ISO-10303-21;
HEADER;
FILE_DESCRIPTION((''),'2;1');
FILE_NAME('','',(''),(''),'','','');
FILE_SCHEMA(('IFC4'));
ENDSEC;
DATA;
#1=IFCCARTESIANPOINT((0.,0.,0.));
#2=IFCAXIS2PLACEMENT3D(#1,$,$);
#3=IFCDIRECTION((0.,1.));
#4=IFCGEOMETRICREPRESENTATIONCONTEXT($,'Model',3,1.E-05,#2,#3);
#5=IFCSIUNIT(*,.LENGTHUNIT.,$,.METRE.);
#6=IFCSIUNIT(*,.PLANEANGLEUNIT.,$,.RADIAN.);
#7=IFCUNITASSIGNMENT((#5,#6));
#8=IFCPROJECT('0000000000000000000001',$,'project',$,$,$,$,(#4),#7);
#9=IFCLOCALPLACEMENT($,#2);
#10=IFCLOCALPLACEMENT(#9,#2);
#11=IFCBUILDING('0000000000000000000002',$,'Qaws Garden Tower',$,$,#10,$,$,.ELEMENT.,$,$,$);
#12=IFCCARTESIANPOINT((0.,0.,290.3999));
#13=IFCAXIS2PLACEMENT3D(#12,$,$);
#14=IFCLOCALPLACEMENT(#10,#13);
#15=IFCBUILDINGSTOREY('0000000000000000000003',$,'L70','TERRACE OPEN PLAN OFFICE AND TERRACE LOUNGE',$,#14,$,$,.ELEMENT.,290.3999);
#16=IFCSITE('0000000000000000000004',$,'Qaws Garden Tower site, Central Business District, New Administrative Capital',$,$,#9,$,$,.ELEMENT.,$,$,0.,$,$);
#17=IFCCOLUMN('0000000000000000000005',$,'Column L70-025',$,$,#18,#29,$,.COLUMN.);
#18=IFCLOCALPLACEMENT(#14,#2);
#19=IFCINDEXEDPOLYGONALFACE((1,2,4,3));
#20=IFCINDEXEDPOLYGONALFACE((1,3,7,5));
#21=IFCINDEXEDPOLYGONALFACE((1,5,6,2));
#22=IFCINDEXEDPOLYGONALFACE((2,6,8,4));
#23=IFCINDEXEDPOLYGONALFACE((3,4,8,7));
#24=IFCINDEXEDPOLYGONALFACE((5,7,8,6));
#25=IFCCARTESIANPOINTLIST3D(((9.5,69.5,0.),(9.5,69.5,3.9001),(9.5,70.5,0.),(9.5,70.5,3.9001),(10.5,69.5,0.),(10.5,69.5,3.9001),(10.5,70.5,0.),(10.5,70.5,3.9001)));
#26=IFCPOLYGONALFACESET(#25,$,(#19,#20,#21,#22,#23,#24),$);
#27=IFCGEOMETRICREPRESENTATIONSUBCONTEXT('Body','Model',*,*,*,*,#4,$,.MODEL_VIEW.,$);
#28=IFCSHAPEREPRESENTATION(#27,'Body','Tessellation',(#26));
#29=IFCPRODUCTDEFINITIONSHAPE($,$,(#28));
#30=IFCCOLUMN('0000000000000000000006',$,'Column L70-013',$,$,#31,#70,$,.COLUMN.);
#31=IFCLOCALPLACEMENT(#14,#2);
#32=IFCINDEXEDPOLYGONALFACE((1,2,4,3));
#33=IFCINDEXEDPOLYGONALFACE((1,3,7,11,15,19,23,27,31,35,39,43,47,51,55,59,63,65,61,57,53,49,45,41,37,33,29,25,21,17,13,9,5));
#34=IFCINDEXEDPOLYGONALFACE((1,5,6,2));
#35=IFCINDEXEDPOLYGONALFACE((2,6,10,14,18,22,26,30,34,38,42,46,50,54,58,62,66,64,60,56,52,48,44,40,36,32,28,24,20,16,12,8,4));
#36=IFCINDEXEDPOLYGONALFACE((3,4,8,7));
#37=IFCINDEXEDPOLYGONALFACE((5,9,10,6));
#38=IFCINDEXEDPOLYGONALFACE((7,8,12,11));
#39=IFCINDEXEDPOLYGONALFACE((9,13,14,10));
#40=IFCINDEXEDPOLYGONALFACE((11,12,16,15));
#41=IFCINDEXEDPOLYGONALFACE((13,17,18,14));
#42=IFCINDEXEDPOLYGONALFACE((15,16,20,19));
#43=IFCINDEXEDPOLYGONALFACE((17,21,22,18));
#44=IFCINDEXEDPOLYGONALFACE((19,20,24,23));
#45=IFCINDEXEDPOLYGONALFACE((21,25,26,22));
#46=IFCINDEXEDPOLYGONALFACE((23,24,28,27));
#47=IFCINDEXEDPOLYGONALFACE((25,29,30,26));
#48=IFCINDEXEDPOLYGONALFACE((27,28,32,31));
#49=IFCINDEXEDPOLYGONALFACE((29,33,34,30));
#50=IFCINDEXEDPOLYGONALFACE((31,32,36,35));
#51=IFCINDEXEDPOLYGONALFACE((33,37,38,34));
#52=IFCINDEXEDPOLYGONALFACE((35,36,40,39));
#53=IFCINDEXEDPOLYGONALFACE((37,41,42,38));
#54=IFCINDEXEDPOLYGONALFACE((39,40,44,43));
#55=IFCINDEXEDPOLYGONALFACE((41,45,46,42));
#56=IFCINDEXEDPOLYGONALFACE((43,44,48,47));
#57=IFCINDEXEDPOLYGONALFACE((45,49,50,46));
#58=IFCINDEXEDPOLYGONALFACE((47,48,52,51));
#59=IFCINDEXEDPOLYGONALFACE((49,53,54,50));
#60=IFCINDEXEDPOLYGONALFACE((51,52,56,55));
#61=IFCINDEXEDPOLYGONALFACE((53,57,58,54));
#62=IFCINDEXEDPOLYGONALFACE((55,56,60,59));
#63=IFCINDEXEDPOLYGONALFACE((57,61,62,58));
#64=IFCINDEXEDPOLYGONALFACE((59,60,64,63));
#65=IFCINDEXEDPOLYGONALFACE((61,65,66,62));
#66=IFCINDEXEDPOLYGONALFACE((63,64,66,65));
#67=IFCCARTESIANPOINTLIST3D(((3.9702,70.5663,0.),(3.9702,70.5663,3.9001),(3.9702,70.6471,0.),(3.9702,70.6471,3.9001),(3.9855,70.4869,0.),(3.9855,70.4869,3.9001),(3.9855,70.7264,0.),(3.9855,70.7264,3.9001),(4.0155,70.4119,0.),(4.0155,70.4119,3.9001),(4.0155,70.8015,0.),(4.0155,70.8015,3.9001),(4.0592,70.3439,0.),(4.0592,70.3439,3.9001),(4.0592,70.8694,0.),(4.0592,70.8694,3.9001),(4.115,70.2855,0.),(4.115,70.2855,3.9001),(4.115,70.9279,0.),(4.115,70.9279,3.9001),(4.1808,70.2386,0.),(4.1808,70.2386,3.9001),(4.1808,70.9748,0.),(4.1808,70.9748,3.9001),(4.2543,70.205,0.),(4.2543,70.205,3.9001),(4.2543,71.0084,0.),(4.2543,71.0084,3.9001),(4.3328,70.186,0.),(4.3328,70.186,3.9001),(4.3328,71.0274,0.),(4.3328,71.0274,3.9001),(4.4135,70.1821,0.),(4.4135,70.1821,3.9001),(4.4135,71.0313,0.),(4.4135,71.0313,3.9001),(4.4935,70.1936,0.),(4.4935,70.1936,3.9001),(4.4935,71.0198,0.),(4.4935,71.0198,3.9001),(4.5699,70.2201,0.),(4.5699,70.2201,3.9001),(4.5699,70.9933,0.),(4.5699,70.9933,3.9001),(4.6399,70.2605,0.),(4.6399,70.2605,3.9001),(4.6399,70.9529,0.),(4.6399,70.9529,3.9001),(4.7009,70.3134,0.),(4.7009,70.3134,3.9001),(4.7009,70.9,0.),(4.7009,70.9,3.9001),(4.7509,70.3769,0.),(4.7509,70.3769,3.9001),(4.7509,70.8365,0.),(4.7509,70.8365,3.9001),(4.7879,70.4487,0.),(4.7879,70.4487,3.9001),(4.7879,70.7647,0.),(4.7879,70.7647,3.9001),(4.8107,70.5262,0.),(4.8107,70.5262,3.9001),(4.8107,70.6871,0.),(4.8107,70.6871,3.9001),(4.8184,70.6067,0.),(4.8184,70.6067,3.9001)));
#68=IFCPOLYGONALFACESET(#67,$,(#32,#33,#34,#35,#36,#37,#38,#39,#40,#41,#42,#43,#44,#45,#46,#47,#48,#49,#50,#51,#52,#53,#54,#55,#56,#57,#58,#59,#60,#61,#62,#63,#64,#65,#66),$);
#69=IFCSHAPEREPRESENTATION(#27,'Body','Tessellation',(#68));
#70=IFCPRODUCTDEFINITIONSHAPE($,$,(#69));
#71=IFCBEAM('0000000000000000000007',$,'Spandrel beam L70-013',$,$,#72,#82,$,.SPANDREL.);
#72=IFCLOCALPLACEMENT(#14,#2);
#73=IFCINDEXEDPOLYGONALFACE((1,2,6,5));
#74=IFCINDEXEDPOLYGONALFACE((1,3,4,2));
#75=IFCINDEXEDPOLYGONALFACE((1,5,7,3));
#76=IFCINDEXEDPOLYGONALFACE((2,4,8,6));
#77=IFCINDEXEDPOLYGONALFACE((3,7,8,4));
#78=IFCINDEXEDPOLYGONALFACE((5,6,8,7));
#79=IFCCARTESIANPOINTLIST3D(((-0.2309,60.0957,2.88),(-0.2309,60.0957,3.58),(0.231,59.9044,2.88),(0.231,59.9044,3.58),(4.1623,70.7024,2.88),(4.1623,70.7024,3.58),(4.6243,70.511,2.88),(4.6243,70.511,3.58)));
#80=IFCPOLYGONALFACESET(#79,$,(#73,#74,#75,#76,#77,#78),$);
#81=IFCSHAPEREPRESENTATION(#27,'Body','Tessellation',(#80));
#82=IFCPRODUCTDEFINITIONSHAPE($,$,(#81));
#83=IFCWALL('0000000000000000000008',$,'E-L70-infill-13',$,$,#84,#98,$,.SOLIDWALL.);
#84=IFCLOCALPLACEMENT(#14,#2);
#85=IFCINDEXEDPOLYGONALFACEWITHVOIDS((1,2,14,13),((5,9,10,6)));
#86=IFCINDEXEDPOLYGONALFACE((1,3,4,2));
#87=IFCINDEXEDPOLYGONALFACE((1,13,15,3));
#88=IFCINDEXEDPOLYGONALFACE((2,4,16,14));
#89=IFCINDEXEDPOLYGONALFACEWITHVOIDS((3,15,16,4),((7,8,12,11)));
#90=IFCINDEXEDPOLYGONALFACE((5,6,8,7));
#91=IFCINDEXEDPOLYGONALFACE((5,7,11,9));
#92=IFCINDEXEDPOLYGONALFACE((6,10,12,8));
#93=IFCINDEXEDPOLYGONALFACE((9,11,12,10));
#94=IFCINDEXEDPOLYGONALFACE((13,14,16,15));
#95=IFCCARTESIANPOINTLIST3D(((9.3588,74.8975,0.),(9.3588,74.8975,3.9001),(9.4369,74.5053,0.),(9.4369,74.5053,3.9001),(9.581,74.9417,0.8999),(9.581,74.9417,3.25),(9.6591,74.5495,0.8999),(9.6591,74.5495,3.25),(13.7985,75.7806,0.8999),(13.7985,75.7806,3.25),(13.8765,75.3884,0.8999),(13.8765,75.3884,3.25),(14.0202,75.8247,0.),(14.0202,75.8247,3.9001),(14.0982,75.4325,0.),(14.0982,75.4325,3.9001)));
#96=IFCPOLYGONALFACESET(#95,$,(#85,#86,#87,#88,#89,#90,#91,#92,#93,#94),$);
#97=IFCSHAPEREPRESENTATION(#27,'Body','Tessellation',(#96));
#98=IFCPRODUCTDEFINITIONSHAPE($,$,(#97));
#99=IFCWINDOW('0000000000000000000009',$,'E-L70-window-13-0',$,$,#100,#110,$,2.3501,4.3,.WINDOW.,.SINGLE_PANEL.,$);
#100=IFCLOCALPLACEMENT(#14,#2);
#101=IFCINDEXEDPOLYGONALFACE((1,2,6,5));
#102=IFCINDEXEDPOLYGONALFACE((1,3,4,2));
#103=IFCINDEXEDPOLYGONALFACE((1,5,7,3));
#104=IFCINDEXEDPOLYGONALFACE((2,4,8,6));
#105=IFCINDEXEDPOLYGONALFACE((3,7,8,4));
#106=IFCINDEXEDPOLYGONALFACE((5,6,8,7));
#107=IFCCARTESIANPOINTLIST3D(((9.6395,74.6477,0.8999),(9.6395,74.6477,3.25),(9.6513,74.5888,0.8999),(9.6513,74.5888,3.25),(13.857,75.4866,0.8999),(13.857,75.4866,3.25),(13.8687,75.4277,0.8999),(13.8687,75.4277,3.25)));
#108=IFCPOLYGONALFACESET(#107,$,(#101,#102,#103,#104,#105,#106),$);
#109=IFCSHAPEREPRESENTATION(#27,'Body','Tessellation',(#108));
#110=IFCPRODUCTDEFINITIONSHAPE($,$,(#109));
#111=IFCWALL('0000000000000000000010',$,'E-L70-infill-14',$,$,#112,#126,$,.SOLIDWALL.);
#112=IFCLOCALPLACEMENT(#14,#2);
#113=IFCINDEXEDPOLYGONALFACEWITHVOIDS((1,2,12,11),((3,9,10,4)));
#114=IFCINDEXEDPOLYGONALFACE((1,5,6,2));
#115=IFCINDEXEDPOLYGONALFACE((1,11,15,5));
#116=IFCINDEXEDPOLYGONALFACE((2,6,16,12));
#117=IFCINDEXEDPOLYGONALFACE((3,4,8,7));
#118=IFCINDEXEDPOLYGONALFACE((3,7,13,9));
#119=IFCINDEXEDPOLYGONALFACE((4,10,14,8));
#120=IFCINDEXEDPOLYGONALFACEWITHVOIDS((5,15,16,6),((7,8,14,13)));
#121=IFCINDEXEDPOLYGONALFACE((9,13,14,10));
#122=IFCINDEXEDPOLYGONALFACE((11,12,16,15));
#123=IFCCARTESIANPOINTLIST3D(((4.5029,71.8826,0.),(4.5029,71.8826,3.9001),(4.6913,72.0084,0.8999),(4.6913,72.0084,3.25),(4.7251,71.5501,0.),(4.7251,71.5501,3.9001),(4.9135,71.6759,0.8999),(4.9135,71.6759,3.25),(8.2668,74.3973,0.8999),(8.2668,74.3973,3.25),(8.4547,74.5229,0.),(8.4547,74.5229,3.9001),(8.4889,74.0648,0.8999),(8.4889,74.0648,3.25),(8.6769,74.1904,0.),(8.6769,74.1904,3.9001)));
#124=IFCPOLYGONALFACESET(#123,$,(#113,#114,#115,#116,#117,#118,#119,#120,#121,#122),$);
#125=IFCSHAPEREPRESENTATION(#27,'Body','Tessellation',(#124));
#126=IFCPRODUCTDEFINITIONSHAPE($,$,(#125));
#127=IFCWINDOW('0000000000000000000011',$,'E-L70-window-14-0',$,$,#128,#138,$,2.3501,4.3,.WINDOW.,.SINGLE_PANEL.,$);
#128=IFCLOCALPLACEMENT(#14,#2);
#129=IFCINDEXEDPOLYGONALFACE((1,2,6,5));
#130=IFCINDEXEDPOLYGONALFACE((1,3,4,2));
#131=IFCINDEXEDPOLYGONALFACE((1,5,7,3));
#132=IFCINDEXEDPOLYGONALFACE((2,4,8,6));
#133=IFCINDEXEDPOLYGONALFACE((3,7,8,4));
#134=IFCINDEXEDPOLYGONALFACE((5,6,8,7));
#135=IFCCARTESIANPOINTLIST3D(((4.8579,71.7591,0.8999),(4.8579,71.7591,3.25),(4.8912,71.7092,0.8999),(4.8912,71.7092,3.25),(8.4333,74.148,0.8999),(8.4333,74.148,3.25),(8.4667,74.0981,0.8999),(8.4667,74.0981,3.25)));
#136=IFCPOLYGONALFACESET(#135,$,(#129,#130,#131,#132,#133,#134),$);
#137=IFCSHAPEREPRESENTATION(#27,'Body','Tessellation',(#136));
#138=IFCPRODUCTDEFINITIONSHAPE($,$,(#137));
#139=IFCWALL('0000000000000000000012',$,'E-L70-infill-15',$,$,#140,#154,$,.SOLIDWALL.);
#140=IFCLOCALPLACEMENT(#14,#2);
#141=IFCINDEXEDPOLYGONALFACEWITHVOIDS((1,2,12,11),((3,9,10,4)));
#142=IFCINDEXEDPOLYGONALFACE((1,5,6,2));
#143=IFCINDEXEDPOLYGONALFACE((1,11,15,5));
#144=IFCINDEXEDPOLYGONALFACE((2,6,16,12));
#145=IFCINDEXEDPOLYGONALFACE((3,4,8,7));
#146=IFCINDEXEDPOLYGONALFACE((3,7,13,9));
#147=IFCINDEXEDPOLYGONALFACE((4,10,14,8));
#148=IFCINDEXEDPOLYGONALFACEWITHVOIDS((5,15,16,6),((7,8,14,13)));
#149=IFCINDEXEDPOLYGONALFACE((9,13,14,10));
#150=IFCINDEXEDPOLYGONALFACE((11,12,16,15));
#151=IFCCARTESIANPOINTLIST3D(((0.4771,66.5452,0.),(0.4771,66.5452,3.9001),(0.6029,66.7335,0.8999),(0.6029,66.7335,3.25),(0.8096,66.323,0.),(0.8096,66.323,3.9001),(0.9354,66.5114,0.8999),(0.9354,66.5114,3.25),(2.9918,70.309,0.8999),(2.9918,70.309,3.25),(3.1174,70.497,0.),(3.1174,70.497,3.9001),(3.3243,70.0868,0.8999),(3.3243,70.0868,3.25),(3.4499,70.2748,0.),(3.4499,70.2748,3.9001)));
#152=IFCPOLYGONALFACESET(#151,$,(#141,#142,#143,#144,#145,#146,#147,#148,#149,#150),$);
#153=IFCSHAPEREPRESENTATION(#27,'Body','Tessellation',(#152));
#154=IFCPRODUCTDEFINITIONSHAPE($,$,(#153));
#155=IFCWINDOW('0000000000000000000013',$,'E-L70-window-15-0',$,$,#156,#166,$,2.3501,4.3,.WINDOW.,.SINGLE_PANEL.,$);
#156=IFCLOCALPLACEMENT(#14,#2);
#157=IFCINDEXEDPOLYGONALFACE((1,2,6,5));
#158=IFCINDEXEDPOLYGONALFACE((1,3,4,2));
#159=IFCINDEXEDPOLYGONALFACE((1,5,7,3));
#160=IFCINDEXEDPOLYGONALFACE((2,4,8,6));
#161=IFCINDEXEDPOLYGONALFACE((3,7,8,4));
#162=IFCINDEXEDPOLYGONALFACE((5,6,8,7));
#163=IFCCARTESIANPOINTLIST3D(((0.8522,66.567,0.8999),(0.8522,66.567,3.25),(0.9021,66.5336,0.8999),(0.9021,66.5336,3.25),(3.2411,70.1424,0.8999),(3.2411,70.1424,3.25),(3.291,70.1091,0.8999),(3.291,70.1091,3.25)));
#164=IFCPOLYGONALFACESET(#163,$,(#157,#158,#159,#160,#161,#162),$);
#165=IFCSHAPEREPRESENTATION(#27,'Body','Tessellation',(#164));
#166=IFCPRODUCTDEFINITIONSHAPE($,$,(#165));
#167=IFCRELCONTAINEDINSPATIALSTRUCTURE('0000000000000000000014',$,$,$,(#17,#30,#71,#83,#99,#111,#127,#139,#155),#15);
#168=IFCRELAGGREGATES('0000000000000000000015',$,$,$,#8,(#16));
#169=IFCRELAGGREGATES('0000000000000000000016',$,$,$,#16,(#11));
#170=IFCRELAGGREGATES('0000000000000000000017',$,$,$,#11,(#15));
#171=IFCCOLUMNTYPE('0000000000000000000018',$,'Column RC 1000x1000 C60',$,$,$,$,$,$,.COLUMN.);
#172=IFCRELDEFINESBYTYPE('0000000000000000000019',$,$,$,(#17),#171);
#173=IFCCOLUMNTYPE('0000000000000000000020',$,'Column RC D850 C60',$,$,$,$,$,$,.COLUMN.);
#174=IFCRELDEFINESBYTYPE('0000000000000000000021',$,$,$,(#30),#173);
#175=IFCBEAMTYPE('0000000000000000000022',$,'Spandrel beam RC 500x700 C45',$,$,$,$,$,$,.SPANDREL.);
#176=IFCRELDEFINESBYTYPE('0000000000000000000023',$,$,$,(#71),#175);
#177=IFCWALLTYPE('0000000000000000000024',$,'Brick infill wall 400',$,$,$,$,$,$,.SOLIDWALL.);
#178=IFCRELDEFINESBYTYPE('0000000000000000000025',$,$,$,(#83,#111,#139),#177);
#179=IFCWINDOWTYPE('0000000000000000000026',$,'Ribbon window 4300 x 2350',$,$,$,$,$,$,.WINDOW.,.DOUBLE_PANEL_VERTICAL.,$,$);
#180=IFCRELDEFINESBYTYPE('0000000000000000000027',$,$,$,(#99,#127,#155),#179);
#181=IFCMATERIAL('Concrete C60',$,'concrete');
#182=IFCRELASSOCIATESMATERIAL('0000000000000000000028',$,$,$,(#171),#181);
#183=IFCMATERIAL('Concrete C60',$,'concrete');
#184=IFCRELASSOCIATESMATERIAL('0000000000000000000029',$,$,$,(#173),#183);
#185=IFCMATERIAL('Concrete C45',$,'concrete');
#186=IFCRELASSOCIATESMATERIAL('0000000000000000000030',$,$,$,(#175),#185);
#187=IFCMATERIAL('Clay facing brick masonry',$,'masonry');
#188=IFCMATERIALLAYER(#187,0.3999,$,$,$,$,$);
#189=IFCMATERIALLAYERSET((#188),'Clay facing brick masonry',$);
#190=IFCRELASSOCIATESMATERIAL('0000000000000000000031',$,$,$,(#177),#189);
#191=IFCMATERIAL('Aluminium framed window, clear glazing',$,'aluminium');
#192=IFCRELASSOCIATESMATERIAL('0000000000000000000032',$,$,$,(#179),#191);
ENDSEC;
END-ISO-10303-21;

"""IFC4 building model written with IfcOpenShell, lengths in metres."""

from ifc_helpers import new_model, si_unit, direction, frame, frame_2d, origin, origin_2d, place, context, subcontext, project, spatial, rectangle, circle, extrude, material, layer, layer_set, material_profile, profile_set, type_object, element, fill, save


model = new_model("IFC4")

# Units and contexts
model_context = context("Model", 3, precision=1e-05, world=origin(), true_north=direction((0.0, 1.0)))
body_context = subcontext(model_context, "Body", "Model", "MODEL_VIEW")
ifc_project = project(units=[si_unit("LENGTHUNIT", "METRE"), si_unit("PLANEANGLEUNIT", "RADIAN")], contexts=[model_context])

# Site, building, storey
site_placement = place(None, origin())
site = spatial("IfcSite", under=ifc_project, at=site_placement, Name="Qaws Garden Tower site, Central Business District, New Administrative Capital", CompositionType="ELEMENT", RefElevation=0.0)
building_placement = place(site_placement, origin())
building = spatial("IfcBuilding", under=site, at=building_placement, Name="Qaws Garden Tower", CompositionType="ELEMENT")
storey_placement = place(building_placement, frame((0.0, 0.0, 290.3999)))
storey = spatial("IfcBuildingStorey", under=building, at=storey_placement, Name="L70", Description="TERRACE OPEN PLAN OFFICE AND TERRACE LOUNGE", CompositionType="ELEMENT", Elevation=290.3999)

# Columns
ifc_material_1 = material(Name="Concrete C60", Category="concrete")
ifc_material_profile_1 = material_profile(ifc_material_1, rectangle(XDim=1.0, YDim=1.0, at=origin_2d()), Name="RC 1000x1000")
ifc_profile_set_1 = profile_set([ifc_material_profile_1], Name="Concrete C60")
column_type_1 = type_object("IfcColumnType", Name="Column RC 1000x1000 C60", PredefinedType="COLUMN", material=ifc_profile_set_1)
column_1_placement = place(storey_placement, frame((10.0, 70.0, 0.0), z_axis=(0.0, 0.0, 1.0), x_axis=(1.0, 0.0, 0.0)))
element("IfcColumn", 1, at=column_1_placement, inside=storey, type_object=column_type_1, Name="Column L70-025", PredefinedType="COLUMN", context=body_context, shape_type="SweptSolid", body=[
    extrude(rectangle(XDim=1.0, YDim=1.0, at=origin_2d()), origin(), (0.0, 0.0, 1.0), 3.9001),
])
ifc_material_2 = material(Name="Concrete C60", Category="concrete")
ifc_material_profile_2 = material_profile(ifc_material_2, circle(Radius=0.425, at=origin_2d()), Name="RC D850")
ifc_profile_set_2 = profile_set([ifc_material_profile_2], Name="Concrete C60")
column_type_2 = type_object("IfcColumnType", Name="Column RC D850 C60", PredefinedType="COLUMN", material=ifc_profile_set_2)
column_2_placement = place(storey_placement, frame((4.3933, 70.6067, 0.0), z_axis=(0.0, 0.0, 1.0), x_axis=(1.0, 0.0, 0.0)))
element("IfcColumn", 2, at=column_2_placement, inside=storey, type_object=column_type_2, Name="Column L70-013", PredefinedType="COLUMN", context=body_context, shape_type="SweptSolid", body=[
    extrude(circle(Radius=0.425, at=origin_2d()), origin(), (0.0, 0.0, 1.0), 3.9001),
])

# Beam
ifc_material_3 = material(Name="Concrete C45", Category="concrete")
ifc_material_profile_3 = material_profile(ifc_material_3, rectangle(XDim=0.5, YDim=0.7, at=origin_2d()), Name="RC 500x700")
ifc_profile_set_3 = profile_set([ifc_material_profile_3], Name="Concrete C45")
beam_type = type_object("IfcBeamType", Name="Spandrel beam RC 500x700 C45", PredefinedType="SPANDREL", material=ifc_profile_set_3)
beam_placement = place(storey_placement, frame((4.3933, 70.6067, 3.23), z_axis=(-0.382674, -0.923883, 0.0), x_axis=(0.923883, -0.382674, 0.0)))
element("IfcBeam", 3, at=beam_placement, inside=storey, type_object=beam_type, Name="Spandrel beam L70-013", PredefinedType="SPANDREL", context=body_context, shape_type="SweptSolid", body=[
    extrude(rectangle(XDim=0.5, YDim=0.7, at=origin_2d()), origin(), (0.0, 0.0, 1.0), 11.4805),
])

# Walls, openings, windows
ifc_material_4 = material(Name="Clay facing brick masonry", Category="masonry")
ifc_layer_1 = layer(ifc_material_4, 0.3999)
ifc_layer_set_1 = layer_set([ifc_layer_1], Name="Clay facing brick masonry")
wall_type_1 = type_object("IfcWallType", Name="Brick infill wall 400", PredefinedType="SOLIDWALL", material=ifc_layer_set_1)
wall_1_placement = place(storey_placement, frame((14.0593, 75.6287, 0.0), z_axis=(0.0, 0.0, 1.0), x_axis=(-0.980784, -0.195099, 0.0)))
wall_1 = element("IfcWall", 4, at=wall_1_placement, inside=storey, type_object=wall_type_1, Name="E-L70-infill-13", PredefinedType="SOLIDWALL", context=body_context, shape_type="SweptSolid", body=[
    extrude(rectangle(XDim=4.7527, YDim=0.3999, at=frame_2d((2.3765, 0.0))), origin(), (0.0, 0.0, 1.0), 3.9001),
])
opening_1_placement = place(wall_1_placement, frame((0.2263, 0.0, 0.8999)))
opening_1 = element("IfcOpeningElement", 5, at=opening_1_placement, cuts=wall_1, PredefinedType="OPENING", context=body_context, shape_type="SweptSolid", body=[
    extrude(rectangle(XDim=4.3, YDim=2.3501, at=frame_2d((2.1499, 1.175))), frame((0.0, 0.21, 0.0), z_axis=(0.0, -1.0, 0.0), x_axis=(1.0, 0.0, 0.0)), (0.0, 0.0, 1.0), 0.4199),
])
ifc_material_5 = material(Name="Aluminium framed window, clear glazing", Category="aluminium")
window_type = type_object("IfcWindowType", Name="Ribbon window 4300 x 2350", PartitioningType="DOUBLE_PANEL_VERTICAL", PredefinedType="WINDOW", material=ifc_material_5)
window_1_placement = place(opening_1_placement, origin())
window_1 = element("IfcWindow", 6, at=window_1_placement, inside=storey, type_object=window_type, Name="E-L70-window-13-0", OverallHeight=2.3501, OverallWidth=4.3, PartitioningType="SINGLE_PANEL", PredefinedType="WINDOW", context=body_context, shape_type="SweptSolid", body=[
    extrude(rectangle(XDim=4.3, YDim=2.3501, at=frame_2d((2.1499, 1.175))), frame((0.0, 0.1599, 0.0), z_axis=(0.0, -1.0, 0.0), x_axis=(1.0, 0.0, 0.0)), (0.0, 0.0, 1.0), 0.0601),
])
fill(opening_1, window_1)
wall_2_placement = place(storey_placement, frame((8.5659, 74.3567, 0.0), z_axis=(0.0, 0.0, 1.0), x_axis=(-0.831489, -0.555542, 0.0)))
wall_2 = element("IfcWall", 7, at=wall_2_placement, inside=storey, type_object=wall_type_1, Name="E-L70-infill-14", PredefinedType="SOLIDWALL", context=body_context, shape_type="SweptSolid", body=[
    extrude(rectangle(XDim=4.7527, YDim=0.3999, at=frame_2d((2.3765, 0.0))), origin(), (0.0, 0.0, 1.0), 3.9001),
])
opening_2_placement = place(wall_2_placement, frame((0.2263, 0.0, 0.8999)))
opening_2 = element("IfcOpeningElement", 8, at=opening_2_placement, cuts=wall_2, PredefinedType="OPENING", context=body_context, shape_type="SweptSolid", body=[
    extrude(rectangle(XDim=4.3, YDim=2.3501, at=frame_2d((2.1499, 1.175))), frame((0.0, 0.21, 0.0), z_axis=(0.0, -1.0, 0.0), x_axis=(1.0, 0.0, 0.0)), (0.0, 0.0, 1.0), 0.4199),
])
window_2_placement = place(opening_2_placement, origin())
window_2 = element("IfcWindow", 9, at=window_2_placement, inside=storey, type_object=window_type, Name="E-L70-window-14-0", OverallHeight=2.3501, OverallWidth=4.3, PartitioningType="SINGLE_PANEL", PredefinedType="WINDOW", context=body_context, shape_type="SweptSolid", body=[
    extrude(rectangle(XDim=4.3, YDim=2.3501, at=frame_2d((2.1499, 1.175))), frame((0.0, 0.1599, 0.0), z_axis=(0.0, -1.0, 0.0), x_axis=(1.0, 0.0, 0.0)), (0.0, 0.0, 1.0), 0.0601),
])
fill(opening_2, window_2)
wall_3_placement = place(storey_placement, frame((3.2837, 70.386, 0.0), z_axis=(0.0, 0.0, 1.0), x_axis=(-0.555542, -0.831489, 0.0)))
wall_3 = element("IfcWall", 10, at=wall_3_placement, inside=storey, type_object=wall_type_1, Name="E-L70-infill-15", PredefinedType="SOLIDWALL", context=body_context, shape_type="SweptSolid", body=[
    extrude(rectangle(XDim=4.7527, YDim=0.3999, at=frame_2d((2.3765, 0.0))), origin(), (0.0, 0.0, 1.0), 3.9001),
])
opening_3_placement = place(wall_3_placement, frame((0.2263, 0.0, 0.8999)))
opening_3 = element("IfcOpeningElement", 11, at=opening_3_placement, cuts=wall_3, PredefinedType="OPENING", context=body_context, shape_type="SweptSolid", body=[
    extrude(rectangle(XDim=4.3, YDim=2.3501, at=frame_2d((2.1499, 1.175))), frame((0.0, 0.21, 0.0), z_axis=(0.0, -1.0, 0.0), x_axis=(1.0, 0.0, 0.0)), (0.0, 0.0, 1.0), 0.4199),
])
window_3_placement = place(opening_3_placement, origin())
window_3 = element("IfcWindow", 12, at=window_3_placement, inside=storey, type_object=window_type, Name="E-L70-window-15-0", OverallHeight=2.3501, OverallWidth=4.3, PartitioningType="SINGLE_PANEL", PredefinedType="WINDOW", context=body_context, shape_type="SweptSolid", body=[
    extrude(rectangle(XDim=4.3, YDim=2.3501, at=frame_2d((2.1499, 1.175))), frame((0.0, 0.1599, 0.0), z_axis=(0.0, -1.0, 0.0), x_axis=(1.0, 0.0, 0.0)), (0.0, 0.0, 1.0), 0.0601),
])
fill(opening_3, window_3)

save(model, "model.ifc")
